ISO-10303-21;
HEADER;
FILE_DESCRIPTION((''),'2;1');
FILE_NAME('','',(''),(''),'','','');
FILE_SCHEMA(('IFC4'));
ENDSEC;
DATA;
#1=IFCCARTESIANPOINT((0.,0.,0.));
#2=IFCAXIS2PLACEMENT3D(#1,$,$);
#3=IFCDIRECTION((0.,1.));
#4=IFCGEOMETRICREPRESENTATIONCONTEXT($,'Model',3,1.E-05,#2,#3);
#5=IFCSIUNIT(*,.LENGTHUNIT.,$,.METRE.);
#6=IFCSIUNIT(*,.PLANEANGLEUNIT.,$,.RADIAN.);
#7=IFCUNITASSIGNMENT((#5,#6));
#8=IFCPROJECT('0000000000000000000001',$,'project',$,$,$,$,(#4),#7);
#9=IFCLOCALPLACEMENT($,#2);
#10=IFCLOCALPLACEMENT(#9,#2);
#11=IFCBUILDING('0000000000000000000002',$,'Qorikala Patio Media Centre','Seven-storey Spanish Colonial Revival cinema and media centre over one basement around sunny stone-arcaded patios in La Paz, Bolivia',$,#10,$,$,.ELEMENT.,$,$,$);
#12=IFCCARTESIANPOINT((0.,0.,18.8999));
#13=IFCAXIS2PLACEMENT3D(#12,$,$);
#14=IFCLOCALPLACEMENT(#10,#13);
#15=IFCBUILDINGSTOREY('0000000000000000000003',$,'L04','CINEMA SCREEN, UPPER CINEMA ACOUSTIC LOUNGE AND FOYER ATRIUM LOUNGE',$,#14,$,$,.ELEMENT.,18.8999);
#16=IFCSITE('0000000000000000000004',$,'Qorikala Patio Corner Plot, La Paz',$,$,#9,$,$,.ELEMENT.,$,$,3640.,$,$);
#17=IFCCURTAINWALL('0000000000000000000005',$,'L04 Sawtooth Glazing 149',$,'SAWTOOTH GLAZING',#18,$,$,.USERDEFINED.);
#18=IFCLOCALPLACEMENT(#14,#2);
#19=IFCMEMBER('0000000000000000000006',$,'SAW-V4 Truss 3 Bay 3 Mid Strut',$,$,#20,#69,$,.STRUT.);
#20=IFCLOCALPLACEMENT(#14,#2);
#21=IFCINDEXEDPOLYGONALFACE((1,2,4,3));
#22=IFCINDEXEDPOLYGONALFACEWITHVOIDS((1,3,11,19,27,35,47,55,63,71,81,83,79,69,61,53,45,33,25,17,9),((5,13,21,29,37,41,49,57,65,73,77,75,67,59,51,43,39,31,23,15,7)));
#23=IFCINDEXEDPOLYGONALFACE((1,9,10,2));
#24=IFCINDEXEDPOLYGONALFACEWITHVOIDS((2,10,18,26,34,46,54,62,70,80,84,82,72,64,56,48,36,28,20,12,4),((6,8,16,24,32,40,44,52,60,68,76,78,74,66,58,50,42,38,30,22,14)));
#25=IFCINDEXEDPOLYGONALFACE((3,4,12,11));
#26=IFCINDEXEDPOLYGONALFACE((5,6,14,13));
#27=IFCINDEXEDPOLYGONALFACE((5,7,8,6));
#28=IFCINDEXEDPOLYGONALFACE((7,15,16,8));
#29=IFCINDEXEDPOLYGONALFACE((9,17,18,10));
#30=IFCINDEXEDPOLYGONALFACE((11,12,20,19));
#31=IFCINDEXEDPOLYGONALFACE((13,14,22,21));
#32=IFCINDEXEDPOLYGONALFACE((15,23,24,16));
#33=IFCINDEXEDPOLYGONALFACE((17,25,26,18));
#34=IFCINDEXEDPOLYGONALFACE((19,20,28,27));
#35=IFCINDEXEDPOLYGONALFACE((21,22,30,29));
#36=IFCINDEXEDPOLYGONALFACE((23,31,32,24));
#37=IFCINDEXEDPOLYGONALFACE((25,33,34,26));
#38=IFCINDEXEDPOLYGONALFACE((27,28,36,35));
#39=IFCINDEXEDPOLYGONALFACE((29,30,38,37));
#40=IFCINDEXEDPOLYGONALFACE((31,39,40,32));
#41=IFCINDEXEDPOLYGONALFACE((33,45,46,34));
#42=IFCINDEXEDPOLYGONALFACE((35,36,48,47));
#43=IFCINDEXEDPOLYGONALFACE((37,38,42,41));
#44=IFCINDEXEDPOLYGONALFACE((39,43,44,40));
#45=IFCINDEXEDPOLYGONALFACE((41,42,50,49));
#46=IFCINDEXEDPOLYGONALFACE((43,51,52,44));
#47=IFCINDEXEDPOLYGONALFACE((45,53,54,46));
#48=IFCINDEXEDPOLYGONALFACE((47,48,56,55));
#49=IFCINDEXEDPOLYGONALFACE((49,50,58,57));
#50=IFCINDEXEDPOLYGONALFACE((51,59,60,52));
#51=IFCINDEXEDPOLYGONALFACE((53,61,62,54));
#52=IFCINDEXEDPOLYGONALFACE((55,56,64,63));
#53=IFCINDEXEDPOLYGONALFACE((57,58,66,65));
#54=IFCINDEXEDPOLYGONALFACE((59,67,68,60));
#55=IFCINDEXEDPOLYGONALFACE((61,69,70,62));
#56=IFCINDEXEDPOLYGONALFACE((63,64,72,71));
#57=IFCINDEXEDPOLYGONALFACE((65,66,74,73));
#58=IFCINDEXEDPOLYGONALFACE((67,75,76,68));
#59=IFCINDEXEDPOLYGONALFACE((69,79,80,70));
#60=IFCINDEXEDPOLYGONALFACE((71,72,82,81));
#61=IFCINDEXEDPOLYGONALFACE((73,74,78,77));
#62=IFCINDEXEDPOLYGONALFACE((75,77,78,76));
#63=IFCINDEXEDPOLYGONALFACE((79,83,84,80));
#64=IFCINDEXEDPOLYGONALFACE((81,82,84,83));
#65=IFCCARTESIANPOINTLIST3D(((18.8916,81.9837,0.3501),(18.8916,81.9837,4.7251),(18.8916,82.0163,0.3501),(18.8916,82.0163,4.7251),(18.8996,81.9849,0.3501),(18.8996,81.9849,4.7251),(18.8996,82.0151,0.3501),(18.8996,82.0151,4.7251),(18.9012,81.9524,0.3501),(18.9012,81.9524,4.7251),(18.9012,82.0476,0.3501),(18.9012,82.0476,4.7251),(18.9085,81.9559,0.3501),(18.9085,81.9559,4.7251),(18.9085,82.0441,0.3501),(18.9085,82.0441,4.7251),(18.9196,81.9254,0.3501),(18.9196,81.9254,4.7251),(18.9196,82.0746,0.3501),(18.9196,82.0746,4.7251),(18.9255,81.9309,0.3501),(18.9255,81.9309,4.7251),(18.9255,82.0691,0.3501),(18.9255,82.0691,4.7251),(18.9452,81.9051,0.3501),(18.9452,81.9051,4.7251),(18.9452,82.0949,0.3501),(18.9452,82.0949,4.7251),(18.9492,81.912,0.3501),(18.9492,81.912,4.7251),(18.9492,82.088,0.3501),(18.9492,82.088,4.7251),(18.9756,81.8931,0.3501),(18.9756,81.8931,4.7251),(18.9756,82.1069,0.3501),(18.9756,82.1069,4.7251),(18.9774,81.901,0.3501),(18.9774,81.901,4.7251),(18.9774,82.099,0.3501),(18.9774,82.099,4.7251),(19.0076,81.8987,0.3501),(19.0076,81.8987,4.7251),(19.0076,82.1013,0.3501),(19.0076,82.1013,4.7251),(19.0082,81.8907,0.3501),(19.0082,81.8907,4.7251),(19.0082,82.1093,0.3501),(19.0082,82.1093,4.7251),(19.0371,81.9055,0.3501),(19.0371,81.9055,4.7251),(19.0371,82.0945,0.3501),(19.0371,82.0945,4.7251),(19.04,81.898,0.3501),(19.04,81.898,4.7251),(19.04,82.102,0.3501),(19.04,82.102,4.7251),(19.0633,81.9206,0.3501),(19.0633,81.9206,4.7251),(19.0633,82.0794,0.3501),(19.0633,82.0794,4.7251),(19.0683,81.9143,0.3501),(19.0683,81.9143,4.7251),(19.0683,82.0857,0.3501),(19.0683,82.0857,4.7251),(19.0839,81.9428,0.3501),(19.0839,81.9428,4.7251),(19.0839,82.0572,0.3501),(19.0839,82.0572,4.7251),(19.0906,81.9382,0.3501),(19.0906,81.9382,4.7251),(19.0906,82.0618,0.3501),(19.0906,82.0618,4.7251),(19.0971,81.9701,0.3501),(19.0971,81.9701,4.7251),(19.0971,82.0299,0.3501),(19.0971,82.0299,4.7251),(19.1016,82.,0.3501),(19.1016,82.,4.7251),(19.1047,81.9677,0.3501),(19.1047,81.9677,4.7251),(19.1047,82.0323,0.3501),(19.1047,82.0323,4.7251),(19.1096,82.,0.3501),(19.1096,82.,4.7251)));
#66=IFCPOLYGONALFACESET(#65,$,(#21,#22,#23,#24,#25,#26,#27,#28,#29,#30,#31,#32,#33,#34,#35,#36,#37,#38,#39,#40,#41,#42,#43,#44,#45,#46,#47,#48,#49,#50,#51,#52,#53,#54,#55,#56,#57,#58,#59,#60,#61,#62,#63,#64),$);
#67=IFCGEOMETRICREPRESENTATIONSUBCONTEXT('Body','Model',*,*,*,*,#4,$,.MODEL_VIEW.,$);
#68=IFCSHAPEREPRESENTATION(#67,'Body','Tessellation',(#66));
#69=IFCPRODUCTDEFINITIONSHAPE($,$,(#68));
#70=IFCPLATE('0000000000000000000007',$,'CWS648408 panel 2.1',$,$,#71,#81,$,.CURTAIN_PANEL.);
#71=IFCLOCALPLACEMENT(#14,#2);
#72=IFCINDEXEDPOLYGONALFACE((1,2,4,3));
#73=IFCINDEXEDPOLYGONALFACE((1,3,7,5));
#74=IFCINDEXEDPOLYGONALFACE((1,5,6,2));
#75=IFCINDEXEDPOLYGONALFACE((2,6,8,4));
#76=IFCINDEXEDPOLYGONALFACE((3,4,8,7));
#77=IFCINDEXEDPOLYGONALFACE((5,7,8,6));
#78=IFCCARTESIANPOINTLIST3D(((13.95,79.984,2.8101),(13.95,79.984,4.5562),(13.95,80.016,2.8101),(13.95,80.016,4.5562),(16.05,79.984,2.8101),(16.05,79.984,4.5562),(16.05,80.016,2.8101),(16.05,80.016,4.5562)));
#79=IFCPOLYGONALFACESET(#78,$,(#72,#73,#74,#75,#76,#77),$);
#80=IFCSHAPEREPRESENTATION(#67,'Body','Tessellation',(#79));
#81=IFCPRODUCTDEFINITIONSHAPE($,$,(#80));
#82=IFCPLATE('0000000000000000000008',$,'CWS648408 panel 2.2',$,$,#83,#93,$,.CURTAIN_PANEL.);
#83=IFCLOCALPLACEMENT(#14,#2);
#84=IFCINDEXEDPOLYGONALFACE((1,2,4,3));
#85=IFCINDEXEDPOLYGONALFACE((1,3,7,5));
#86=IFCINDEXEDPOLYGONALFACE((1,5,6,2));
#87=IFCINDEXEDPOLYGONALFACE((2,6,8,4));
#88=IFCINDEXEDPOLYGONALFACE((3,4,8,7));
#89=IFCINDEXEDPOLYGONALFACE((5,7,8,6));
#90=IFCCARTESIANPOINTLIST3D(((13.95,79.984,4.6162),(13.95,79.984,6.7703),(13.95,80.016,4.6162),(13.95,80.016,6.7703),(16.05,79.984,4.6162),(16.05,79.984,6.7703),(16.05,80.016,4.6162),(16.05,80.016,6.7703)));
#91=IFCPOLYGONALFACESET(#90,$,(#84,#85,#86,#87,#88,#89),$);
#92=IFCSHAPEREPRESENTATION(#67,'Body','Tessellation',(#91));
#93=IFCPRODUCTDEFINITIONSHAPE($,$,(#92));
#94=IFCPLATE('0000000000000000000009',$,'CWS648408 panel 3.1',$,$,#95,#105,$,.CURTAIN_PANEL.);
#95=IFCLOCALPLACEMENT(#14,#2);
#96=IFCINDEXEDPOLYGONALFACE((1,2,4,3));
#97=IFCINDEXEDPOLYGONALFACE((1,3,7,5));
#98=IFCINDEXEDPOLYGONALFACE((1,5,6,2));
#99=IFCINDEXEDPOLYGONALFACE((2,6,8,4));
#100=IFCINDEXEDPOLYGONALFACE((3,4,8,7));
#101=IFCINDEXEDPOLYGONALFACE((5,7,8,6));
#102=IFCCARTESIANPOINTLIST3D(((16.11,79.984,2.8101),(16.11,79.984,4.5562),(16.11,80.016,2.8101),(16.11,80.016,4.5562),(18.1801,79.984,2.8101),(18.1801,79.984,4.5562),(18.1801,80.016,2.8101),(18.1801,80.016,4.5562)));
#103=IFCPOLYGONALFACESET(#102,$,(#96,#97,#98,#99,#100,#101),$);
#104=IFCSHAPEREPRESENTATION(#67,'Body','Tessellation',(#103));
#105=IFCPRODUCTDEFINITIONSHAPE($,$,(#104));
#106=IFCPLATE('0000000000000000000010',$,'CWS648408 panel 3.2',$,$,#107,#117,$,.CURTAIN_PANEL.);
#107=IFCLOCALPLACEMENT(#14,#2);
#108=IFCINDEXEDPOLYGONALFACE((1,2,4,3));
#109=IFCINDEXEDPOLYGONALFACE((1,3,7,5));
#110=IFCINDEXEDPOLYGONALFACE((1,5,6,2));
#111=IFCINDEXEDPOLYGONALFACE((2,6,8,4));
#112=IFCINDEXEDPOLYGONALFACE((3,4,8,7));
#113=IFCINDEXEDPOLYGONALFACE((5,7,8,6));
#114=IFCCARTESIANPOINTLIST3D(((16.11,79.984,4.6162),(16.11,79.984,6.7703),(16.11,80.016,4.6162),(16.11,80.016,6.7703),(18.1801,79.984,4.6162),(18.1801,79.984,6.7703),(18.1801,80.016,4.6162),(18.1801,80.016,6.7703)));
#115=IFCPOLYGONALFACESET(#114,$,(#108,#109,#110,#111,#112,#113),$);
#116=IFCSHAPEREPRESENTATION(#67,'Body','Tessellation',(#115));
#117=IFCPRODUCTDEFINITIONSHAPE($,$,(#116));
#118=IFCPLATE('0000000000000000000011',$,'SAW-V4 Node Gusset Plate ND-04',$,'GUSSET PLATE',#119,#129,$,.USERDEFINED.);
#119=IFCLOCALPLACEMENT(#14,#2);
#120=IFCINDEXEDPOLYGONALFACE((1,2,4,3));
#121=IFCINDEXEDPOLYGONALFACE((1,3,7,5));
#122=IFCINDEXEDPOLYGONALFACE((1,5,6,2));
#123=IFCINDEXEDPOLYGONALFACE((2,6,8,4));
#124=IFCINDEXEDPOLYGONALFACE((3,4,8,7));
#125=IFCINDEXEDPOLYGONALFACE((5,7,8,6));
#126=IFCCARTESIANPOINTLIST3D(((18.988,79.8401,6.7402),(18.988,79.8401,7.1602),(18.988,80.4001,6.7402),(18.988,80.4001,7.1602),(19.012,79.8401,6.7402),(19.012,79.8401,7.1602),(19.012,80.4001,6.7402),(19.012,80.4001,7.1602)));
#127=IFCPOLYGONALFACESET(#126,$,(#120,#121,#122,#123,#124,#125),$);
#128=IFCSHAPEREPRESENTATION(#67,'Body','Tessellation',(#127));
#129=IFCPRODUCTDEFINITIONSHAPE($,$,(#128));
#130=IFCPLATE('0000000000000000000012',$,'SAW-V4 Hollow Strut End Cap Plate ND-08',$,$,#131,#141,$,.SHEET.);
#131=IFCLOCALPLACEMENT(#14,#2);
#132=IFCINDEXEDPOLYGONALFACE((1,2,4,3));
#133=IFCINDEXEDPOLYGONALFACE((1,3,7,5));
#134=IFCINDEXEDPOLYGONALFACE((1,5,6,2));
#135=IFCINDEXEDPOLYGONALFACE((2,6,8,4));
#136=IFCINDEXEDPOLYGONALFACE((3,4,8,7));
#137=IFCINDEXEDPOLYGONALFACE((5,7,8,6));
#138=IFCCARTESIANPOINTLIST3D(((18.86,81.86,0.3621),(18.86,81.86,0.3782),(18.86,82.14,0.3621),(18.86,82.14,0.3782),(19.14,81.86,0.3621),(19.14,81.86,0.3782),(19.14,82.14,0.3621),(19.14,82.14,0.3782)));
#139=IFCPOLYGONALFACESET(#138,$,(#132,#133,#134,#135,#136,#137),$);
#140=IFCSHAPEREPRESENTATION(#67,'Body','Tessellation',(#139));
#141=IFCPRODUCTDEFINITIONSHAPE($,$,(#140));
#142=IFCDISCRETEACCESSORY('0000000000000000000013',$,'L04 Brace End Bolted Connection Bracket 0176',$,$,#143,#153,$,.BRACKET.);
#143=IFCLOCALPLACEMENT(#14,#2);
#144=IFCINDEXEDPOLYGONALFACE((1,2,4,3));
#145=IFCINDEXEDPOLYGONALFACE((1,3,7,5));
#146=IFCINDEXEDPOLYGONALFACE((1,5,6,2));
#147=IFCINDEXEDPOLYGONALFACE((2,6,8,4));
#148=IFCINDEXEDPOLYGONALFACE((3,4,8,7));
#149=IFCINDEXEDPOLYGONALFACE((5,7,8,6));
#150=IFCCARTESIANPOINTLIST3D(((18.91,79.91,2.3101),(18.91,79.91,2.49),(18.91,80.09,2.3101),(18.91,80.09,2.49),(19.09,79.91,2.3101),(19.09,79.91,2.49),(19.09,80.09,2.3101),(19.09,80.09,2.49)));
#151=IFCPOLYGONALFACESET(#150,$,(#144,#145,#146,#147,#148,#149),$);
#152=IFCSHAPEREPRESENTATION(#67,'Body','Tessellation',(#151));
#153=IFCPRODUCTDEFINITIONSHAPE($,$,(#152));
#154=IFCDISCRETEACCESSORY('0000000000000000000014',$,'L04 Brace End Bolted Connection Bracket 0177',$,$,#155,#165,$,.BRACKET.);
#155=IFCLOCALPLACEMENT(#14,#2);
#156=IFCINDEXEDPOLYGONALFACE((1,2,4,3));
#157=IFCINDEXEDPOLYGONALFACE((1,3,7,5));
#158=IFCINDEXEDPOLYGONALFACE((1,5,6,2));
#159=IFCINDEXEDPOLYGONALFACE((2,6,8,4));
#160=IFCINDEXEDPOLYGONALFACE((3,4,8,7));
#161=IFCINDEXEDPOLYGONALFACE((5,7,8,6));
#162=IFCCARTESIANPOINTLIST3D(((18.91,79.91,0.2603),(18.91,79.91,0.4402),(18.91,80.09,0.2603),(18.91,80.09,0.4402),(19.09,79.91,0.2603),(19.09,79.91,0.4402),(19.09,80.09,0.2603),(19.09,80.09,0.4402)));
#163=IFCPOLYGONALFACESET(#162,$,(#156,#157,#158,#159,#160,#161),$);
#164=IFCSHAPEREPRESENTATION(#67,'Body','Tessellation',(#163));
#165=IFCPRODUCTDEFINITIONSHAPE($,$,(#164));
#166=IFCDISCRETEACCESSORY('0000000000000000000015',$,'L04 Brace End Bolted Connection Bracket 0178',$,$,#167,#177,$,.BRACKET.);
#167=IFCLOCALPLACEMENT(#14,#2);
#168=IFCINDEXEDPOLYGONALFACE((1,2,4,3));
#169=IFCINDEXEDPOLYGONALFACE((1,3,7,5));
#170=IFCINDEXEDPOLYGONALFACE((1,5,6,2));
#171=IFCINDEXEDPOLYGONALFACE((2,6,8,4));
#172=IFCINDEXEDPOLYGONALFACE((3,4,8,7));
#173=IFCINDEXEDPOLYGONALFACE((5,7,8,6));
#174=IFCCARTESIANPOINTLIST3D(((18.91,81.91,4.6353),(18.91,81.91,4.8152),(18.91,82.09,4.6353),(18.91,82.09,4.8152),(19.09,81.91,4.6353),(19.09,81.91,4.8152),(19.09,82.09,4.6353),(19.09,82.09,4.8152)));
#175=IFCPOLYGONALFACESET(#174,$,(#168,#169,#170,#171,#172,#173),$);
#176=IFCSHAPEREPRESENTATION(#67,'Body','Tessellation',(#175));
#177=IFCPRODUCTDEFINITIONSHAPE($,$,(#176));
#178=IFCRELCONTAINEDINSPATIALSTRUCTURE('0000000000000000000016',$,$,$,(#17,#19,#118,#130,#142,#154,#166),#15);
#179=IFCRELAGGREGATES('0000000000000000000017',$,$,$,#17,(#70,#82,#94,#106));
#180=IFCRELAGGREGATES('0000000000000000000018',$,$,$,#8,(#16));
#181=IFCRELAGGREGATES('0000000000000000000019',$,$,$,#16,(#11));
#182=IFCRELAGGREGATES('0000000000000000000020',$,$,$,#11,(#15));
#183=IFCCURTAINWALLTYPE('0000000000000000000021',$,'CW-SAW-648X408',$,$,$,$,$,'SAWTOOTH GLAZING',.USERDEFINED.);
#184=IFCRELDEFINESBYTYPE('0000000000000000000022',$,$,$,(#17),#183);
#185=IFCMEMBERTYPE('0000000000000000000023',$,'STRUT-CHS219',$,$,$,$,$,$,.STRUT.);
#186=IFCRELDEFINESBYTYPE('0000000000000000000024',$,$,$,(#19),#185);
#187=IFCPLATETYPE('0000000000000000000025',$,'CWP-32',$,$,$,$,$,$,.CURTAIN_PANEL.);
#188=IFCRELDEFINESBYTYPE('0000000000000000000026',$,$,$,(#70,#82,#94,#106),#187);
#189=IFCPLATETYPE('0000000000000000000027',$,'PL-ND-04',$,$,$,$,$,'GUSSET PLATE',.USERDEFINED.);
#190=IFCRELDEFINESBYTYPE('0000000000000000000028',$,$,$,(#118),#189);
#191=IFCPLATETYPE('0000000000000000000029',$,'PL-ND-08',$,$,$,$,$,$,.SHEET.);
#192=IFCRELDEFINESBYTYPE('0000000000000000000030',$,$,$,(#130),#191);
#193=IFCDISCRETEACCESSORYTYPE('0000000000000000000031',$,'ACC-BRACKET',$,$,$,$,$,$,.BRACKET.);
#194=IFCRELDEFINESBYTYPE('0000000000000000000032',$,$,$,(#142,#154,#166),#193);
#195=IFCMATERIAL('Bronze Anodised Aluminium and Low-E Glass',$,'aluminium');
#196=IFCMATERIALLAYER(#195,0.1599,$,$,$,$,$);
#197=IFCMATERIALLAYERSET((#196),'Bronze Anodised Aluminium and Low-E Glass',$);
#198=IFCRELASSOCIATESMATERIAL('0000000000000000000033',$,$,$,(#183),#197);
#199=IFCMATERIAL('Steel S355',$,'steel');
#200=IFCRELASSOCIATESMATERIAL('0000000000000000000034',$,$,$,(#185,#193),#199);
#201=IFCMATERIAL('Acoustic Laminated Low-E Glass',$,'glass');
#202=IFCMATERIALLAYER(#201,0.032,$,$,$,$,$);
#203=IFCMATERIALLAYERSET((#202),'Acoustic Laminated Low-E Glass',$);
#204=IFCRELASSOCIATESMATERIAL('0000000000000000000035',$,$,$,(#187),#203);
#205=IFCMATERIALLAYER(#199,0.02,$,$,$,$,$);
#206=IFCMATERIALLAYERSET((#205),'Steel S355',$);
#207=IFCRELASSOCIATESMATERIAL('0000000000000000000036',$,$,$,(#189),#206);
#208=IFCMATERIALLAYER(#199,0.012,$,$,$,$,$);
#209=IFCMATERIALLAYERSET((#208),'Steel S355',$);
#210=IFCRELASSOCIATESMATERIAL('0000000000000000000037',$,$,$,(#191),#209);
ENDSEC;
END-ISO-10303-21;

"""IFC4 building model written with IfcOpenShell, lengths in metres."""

from ifc_helpers import new_model, si_unit, direction, frame, origin, origin_2d, place, context, subcontext, project, spatial, rectangle, hollow_circle, extrude, material, layer, layer_set, material_profile, profile_set, type_object, element, aggregate, save


model = new_model("IFC4")

# Units and contexts
model_context = context("Model", 3, precision=1e-05, world=origin(), true_north=direction((0.0, 1.0)))
body_context = subcontext(model_context, "Body", "Model", "MODEL_VIEW")
ifc_project = project(units=[si_unit("LENGTHUNIT", "METRE"), si_unit("PLANEANGLEUNIT", "RADIAN")], contexts=[model_context])

# Site, building, storey
site_placement = place(None, origin())
site = spatial("IfcSite", under=ifc_project, at=site_placement, Name="Qorikala Patio Corner Plot, La Paz", CompositionType="ELEMENT", RefElevation=3640.0)
building_placement = place(site_placement, origin())
building = spatial("IfcBuilding", under=site, at=building_placement, Name="Qorikala Patio Media Centre", Description="Seven-storey Spanish Colonial Revival cinema and media centre over one basement around sunny stone-arcaded patios in La Paz, Bolivia", CompositionType="ELEMENT")
storey_placement = place(building_placement, frame((0.0, 0.0, 18.8999)))
storey = spatial("IfcBuildingStorey", under=building, at=storey_placement, Name="L04", Description="CINEMA SCREEN, UPPER CINEMA ACOUSTIC LOUNGE AND FOYER ATRIUM LOUNGE", CompositionType="ELEMENT", Elevation=18.8999)

# Shared definitions
ifc_material_1 = material(Name="Steel S355", Category="steel")

# Curtain wall
ifc_material_2 = material(Name="Bronze Anodised Aluminium and Low-E Glass", Category="aluminium")
ifc_layer_1 = layer(ifc_material_2, 0.1599)
ifc_layer_set_1 = layer_set([ifc_layer_1], Name="Bronze Anodised Aluminium and Low-E Glass")
curtain_wall_type = type_object("IfcCurtainWallType", Name="CW-SAW-648X408", ElementType="SAWTOOTH GLAZING", PredefinedType="USERDEFINED", material=ifc_layer_set_1)
curtain_wall_placement = place(storey_placement, origin())
curtain_wall = element("IfcCurtainWall", 1, at=curtain_wall_placement, inside=storey, type_object=curtain_wall_type, Name="L04 Sawtooth Glazing 149", ObjectType="SAWTOOTH GLAZING", PredefinedType="USERDEFINED")

# Member
ifc_material_profile_1 = material_profile(ifc_material_1, hollow_circle(Radius=0.1096, WallThickness=0.0081, at=origin_2d()), Name="CHS219X8")
ifc_profile_set_1 = profile_set([ifc_material_profile_1], Name="Steel S355")
member_type_1 = type_object("IfcMemberType", Name="STRUT-CHS219", PredefinedType="STRUT", material=ifc_profile_set_1)
member_1_placement = place(storey_placement, frame((19.0, 82.0, 0.3501), z_axis=(0.0, 0.0, 1.0), x_axis=(1.0, 0.0, 0.0)))
element("IfcMember", 2, at=member_1_placement, inside=storey, type_object=member_type_1, Name="SAW-V4 Truss 3 Bay 3 Mid Strut", PredefinedType="STRUT", context=body_context, shape_type="SweptSolid", body=[
    extrude(hollow_circle(Radius=0.1096, WallThickness=0.0081, at=origin_2d()), origin(), (0.0, 0.0, 1.0), 4.375),
])

# Plates
ifc_material_3 = material(Name="Acoustic Laminated Low-E Glass", Category="glass")
ifc_layer_2 = layer(ifc_material_3, 0.032)
ifc_layer_set_2 = layer_set([ifc_layer_2], Name="Acoustic Laminated Low-E Glass")
plate_type_1 = type_object("IfcPlateType", Name="CWP-32", PredefinedType="CURTAIN_PANEL", material=ifc_layer_set_2)
plate_1_placement = place(storey_placement, frame((15.0, 80.0, 2.8101), z_axis=(0.0, 0.0, 1.0), x_axis=(1.0, 0.0, 0.0)))
plate_1 = element("IfcPlate", 3, at=plate_1_placement, type_object=plate_type_1, Name="CWS648408 panel 2.1", PredefinedType="CURTAIN_PANEL", context=body_context, shape_type="SweptSolid", body=[
    extrude(rectangle(XDim=2.1001, YDim=0.032, at=origin_2d()), origin(), (0.0, 0.0, 1.0), 1.7461),
])
plate_2_placement = place(storey_placement, frame((15.0, 80.0, 4.6162), z_axis=(0.0, 0.0, 1.0), x_axis=(1.0, 0.0, 0.0)))
plate_2 = element("IfcPlate", 4, at=plate_2_placement, type_object=plate_type_1, Name="CWS648408 panel 2.2", PredefinedType="CURTAIN_PANEL", context=body_context, shape_type="SweptSolid", body=[
    extrude(rectangle(XDim=2.1001, YDim=0.032, at=origin_2d()), origin(), (0.0, 0.0, 1.0), 2.1541),
])
plate_3_placement = place(storey_placement, frame((17.145, 80.0, 2.8101), z_axis=(0.0, 0.0, 1.0), x_axis=(1.0, 0.0, 0.0)))
plate_3 = element("IfcPlate", 5, at=plate_3_placement, type_object=plate_type_1, Name="CWS648408 panel 3.1", PredefinedType="CURTAIN_PANEL", context=body_context, shape_type="SweptSolid", body=[
    extrude(rectangle(XDim=2.0701, YDim=0.032, at=origin_2d()), origin(), (0.0, 0.0, 1.0), 1.7461),
])
plate_4_placement = place(storey_placement, frame((17.145, 80.0, 4.6162), z_axis=(0.0, 0.0, 1.0), x_axis=(1.0, 0.0, 0.0)))
plate_4 = element("IfcPlate", 6, at=plate_4_placement, type_object=plate_type_1, Name="CWS648408 panel 3.2", PredefinedType="CURTAIN_PANEL", context=body_context, shape_type="SweptSolid", body=[
    extrude(rectangle(XDim=2.0701, YDim=0.032, at=origin_2d()), origin(), (0.0, 0.0, 1.0), 2.1541),
])
aggregate(curtain_wall, [plate_1, plate_2, plate_3, plate_4])

# Plates
ifc_layer_3 = layer(ifc_material_1, 0.02)
ifc_layer_set_3 = layer_set([ifc_layer_3], Name="Steel S355")
plate_type_2 = type_object("IfcPlateType", Name="PL-ND-04", ElementType="GUSSET PLATE", PredefinedType="USERDEFINED", material=ifc_layer_set_3)
plate_5_placement = place(storey_placement, frame((19.0, 80.1201, 6.7402), z_axis=(0.0, 0.0, 1.0), x_axis=(1.0, 0.0, 0.0)))
element("IfcPlate", 7, at=plate_5_placement, inside=storey, type_object=plate_type_2, Name="SAW-V4 Node Gusset Plate ND-04", ObjectType="GUSSET PLATE", PredefinedType="USERDEFINED", context=body_context, shape_type="SweptSolid", body=[
    extrude(rectangle(XDim=0.0239, YDim=0.5601, at=origin_2d()), origin(), (0.0, 0.0, 1.0), 0.4199),
])
ifc_layer_4 = layer(ifc_material_1, 0.012)
ifc_layer_set_4 = layer_set([ifc_layer_4], Name="Steel S355")
plate_type_3 = type_object("IfcPlateType", Name="PL-ND-08", PredefinedType="SHEET", material=ifc_layer_set_4)
plate_6_placement = place(storey_placement, frame((19.0, 82.0, 0.3621), z_axis=(0.0, 0.0, 1.0), x_axis=(1.0, 0.0, 0.0)))
element("IfcPlate", 8, at=plate_6_placement, inside=storey, type_object=plate_type_3, Name="SAW-V4 Hollow Strut End Cap Plate ND-08", PredefinedType="SHEET", context=body_context, shape_type="SweptSolid", body=[
    extrude(rectangle(XDim=0.28, YDim=0.28, at=origin_2d()), origin(), (0.0, 0.0, 1.0), 0.0161),
])

# Discrete accessories
discrete_accessory_type = type_object("IfcDiscreteAccessoryType", Name="ACC-BRACKET", PredefinedType="BRACKET", material=ifc_material_1)
for number, where, z_axis, x_axis, name in (
    (9, (19.0, 80.0, 2.3101), (0.0, 0.0, 1.0), (1.0, 0.0, 0.0), "L04 Brace End Bolted Connection Bracket 0176"),
    (10, (19.0, 80.0, 0.2603), (0.0, 0.0, 1.0), (1.0, 0.0, 0.0), "L04 Brace End Bolted Connection Bracket 0177"),
    (11, (19.0, 82.0, 4.6353), (0.0, 0.0, 1.0), (1.0, 0.0, 0.0), "L04 Brace End Bolted Connection Bracket 0178"),
):
    element("IfcDiscreteAccessory", number, at=place(storey_placement, frame(where, z_axis=z_axis, x_axis=x_axis)), inside=storey, type_object=discrete_accessory_type, Name=name, PredefinedType="BRACKET", context=body_context, shape_type="SweptSolid", body=[
        extrude(rectangle(XDim=0.1799, YDim=0.1799, at=origin_2d()), origin(), (0.0, 0.0, 1.0), 0.1799),
    ])

save(model, "model.ifc")
